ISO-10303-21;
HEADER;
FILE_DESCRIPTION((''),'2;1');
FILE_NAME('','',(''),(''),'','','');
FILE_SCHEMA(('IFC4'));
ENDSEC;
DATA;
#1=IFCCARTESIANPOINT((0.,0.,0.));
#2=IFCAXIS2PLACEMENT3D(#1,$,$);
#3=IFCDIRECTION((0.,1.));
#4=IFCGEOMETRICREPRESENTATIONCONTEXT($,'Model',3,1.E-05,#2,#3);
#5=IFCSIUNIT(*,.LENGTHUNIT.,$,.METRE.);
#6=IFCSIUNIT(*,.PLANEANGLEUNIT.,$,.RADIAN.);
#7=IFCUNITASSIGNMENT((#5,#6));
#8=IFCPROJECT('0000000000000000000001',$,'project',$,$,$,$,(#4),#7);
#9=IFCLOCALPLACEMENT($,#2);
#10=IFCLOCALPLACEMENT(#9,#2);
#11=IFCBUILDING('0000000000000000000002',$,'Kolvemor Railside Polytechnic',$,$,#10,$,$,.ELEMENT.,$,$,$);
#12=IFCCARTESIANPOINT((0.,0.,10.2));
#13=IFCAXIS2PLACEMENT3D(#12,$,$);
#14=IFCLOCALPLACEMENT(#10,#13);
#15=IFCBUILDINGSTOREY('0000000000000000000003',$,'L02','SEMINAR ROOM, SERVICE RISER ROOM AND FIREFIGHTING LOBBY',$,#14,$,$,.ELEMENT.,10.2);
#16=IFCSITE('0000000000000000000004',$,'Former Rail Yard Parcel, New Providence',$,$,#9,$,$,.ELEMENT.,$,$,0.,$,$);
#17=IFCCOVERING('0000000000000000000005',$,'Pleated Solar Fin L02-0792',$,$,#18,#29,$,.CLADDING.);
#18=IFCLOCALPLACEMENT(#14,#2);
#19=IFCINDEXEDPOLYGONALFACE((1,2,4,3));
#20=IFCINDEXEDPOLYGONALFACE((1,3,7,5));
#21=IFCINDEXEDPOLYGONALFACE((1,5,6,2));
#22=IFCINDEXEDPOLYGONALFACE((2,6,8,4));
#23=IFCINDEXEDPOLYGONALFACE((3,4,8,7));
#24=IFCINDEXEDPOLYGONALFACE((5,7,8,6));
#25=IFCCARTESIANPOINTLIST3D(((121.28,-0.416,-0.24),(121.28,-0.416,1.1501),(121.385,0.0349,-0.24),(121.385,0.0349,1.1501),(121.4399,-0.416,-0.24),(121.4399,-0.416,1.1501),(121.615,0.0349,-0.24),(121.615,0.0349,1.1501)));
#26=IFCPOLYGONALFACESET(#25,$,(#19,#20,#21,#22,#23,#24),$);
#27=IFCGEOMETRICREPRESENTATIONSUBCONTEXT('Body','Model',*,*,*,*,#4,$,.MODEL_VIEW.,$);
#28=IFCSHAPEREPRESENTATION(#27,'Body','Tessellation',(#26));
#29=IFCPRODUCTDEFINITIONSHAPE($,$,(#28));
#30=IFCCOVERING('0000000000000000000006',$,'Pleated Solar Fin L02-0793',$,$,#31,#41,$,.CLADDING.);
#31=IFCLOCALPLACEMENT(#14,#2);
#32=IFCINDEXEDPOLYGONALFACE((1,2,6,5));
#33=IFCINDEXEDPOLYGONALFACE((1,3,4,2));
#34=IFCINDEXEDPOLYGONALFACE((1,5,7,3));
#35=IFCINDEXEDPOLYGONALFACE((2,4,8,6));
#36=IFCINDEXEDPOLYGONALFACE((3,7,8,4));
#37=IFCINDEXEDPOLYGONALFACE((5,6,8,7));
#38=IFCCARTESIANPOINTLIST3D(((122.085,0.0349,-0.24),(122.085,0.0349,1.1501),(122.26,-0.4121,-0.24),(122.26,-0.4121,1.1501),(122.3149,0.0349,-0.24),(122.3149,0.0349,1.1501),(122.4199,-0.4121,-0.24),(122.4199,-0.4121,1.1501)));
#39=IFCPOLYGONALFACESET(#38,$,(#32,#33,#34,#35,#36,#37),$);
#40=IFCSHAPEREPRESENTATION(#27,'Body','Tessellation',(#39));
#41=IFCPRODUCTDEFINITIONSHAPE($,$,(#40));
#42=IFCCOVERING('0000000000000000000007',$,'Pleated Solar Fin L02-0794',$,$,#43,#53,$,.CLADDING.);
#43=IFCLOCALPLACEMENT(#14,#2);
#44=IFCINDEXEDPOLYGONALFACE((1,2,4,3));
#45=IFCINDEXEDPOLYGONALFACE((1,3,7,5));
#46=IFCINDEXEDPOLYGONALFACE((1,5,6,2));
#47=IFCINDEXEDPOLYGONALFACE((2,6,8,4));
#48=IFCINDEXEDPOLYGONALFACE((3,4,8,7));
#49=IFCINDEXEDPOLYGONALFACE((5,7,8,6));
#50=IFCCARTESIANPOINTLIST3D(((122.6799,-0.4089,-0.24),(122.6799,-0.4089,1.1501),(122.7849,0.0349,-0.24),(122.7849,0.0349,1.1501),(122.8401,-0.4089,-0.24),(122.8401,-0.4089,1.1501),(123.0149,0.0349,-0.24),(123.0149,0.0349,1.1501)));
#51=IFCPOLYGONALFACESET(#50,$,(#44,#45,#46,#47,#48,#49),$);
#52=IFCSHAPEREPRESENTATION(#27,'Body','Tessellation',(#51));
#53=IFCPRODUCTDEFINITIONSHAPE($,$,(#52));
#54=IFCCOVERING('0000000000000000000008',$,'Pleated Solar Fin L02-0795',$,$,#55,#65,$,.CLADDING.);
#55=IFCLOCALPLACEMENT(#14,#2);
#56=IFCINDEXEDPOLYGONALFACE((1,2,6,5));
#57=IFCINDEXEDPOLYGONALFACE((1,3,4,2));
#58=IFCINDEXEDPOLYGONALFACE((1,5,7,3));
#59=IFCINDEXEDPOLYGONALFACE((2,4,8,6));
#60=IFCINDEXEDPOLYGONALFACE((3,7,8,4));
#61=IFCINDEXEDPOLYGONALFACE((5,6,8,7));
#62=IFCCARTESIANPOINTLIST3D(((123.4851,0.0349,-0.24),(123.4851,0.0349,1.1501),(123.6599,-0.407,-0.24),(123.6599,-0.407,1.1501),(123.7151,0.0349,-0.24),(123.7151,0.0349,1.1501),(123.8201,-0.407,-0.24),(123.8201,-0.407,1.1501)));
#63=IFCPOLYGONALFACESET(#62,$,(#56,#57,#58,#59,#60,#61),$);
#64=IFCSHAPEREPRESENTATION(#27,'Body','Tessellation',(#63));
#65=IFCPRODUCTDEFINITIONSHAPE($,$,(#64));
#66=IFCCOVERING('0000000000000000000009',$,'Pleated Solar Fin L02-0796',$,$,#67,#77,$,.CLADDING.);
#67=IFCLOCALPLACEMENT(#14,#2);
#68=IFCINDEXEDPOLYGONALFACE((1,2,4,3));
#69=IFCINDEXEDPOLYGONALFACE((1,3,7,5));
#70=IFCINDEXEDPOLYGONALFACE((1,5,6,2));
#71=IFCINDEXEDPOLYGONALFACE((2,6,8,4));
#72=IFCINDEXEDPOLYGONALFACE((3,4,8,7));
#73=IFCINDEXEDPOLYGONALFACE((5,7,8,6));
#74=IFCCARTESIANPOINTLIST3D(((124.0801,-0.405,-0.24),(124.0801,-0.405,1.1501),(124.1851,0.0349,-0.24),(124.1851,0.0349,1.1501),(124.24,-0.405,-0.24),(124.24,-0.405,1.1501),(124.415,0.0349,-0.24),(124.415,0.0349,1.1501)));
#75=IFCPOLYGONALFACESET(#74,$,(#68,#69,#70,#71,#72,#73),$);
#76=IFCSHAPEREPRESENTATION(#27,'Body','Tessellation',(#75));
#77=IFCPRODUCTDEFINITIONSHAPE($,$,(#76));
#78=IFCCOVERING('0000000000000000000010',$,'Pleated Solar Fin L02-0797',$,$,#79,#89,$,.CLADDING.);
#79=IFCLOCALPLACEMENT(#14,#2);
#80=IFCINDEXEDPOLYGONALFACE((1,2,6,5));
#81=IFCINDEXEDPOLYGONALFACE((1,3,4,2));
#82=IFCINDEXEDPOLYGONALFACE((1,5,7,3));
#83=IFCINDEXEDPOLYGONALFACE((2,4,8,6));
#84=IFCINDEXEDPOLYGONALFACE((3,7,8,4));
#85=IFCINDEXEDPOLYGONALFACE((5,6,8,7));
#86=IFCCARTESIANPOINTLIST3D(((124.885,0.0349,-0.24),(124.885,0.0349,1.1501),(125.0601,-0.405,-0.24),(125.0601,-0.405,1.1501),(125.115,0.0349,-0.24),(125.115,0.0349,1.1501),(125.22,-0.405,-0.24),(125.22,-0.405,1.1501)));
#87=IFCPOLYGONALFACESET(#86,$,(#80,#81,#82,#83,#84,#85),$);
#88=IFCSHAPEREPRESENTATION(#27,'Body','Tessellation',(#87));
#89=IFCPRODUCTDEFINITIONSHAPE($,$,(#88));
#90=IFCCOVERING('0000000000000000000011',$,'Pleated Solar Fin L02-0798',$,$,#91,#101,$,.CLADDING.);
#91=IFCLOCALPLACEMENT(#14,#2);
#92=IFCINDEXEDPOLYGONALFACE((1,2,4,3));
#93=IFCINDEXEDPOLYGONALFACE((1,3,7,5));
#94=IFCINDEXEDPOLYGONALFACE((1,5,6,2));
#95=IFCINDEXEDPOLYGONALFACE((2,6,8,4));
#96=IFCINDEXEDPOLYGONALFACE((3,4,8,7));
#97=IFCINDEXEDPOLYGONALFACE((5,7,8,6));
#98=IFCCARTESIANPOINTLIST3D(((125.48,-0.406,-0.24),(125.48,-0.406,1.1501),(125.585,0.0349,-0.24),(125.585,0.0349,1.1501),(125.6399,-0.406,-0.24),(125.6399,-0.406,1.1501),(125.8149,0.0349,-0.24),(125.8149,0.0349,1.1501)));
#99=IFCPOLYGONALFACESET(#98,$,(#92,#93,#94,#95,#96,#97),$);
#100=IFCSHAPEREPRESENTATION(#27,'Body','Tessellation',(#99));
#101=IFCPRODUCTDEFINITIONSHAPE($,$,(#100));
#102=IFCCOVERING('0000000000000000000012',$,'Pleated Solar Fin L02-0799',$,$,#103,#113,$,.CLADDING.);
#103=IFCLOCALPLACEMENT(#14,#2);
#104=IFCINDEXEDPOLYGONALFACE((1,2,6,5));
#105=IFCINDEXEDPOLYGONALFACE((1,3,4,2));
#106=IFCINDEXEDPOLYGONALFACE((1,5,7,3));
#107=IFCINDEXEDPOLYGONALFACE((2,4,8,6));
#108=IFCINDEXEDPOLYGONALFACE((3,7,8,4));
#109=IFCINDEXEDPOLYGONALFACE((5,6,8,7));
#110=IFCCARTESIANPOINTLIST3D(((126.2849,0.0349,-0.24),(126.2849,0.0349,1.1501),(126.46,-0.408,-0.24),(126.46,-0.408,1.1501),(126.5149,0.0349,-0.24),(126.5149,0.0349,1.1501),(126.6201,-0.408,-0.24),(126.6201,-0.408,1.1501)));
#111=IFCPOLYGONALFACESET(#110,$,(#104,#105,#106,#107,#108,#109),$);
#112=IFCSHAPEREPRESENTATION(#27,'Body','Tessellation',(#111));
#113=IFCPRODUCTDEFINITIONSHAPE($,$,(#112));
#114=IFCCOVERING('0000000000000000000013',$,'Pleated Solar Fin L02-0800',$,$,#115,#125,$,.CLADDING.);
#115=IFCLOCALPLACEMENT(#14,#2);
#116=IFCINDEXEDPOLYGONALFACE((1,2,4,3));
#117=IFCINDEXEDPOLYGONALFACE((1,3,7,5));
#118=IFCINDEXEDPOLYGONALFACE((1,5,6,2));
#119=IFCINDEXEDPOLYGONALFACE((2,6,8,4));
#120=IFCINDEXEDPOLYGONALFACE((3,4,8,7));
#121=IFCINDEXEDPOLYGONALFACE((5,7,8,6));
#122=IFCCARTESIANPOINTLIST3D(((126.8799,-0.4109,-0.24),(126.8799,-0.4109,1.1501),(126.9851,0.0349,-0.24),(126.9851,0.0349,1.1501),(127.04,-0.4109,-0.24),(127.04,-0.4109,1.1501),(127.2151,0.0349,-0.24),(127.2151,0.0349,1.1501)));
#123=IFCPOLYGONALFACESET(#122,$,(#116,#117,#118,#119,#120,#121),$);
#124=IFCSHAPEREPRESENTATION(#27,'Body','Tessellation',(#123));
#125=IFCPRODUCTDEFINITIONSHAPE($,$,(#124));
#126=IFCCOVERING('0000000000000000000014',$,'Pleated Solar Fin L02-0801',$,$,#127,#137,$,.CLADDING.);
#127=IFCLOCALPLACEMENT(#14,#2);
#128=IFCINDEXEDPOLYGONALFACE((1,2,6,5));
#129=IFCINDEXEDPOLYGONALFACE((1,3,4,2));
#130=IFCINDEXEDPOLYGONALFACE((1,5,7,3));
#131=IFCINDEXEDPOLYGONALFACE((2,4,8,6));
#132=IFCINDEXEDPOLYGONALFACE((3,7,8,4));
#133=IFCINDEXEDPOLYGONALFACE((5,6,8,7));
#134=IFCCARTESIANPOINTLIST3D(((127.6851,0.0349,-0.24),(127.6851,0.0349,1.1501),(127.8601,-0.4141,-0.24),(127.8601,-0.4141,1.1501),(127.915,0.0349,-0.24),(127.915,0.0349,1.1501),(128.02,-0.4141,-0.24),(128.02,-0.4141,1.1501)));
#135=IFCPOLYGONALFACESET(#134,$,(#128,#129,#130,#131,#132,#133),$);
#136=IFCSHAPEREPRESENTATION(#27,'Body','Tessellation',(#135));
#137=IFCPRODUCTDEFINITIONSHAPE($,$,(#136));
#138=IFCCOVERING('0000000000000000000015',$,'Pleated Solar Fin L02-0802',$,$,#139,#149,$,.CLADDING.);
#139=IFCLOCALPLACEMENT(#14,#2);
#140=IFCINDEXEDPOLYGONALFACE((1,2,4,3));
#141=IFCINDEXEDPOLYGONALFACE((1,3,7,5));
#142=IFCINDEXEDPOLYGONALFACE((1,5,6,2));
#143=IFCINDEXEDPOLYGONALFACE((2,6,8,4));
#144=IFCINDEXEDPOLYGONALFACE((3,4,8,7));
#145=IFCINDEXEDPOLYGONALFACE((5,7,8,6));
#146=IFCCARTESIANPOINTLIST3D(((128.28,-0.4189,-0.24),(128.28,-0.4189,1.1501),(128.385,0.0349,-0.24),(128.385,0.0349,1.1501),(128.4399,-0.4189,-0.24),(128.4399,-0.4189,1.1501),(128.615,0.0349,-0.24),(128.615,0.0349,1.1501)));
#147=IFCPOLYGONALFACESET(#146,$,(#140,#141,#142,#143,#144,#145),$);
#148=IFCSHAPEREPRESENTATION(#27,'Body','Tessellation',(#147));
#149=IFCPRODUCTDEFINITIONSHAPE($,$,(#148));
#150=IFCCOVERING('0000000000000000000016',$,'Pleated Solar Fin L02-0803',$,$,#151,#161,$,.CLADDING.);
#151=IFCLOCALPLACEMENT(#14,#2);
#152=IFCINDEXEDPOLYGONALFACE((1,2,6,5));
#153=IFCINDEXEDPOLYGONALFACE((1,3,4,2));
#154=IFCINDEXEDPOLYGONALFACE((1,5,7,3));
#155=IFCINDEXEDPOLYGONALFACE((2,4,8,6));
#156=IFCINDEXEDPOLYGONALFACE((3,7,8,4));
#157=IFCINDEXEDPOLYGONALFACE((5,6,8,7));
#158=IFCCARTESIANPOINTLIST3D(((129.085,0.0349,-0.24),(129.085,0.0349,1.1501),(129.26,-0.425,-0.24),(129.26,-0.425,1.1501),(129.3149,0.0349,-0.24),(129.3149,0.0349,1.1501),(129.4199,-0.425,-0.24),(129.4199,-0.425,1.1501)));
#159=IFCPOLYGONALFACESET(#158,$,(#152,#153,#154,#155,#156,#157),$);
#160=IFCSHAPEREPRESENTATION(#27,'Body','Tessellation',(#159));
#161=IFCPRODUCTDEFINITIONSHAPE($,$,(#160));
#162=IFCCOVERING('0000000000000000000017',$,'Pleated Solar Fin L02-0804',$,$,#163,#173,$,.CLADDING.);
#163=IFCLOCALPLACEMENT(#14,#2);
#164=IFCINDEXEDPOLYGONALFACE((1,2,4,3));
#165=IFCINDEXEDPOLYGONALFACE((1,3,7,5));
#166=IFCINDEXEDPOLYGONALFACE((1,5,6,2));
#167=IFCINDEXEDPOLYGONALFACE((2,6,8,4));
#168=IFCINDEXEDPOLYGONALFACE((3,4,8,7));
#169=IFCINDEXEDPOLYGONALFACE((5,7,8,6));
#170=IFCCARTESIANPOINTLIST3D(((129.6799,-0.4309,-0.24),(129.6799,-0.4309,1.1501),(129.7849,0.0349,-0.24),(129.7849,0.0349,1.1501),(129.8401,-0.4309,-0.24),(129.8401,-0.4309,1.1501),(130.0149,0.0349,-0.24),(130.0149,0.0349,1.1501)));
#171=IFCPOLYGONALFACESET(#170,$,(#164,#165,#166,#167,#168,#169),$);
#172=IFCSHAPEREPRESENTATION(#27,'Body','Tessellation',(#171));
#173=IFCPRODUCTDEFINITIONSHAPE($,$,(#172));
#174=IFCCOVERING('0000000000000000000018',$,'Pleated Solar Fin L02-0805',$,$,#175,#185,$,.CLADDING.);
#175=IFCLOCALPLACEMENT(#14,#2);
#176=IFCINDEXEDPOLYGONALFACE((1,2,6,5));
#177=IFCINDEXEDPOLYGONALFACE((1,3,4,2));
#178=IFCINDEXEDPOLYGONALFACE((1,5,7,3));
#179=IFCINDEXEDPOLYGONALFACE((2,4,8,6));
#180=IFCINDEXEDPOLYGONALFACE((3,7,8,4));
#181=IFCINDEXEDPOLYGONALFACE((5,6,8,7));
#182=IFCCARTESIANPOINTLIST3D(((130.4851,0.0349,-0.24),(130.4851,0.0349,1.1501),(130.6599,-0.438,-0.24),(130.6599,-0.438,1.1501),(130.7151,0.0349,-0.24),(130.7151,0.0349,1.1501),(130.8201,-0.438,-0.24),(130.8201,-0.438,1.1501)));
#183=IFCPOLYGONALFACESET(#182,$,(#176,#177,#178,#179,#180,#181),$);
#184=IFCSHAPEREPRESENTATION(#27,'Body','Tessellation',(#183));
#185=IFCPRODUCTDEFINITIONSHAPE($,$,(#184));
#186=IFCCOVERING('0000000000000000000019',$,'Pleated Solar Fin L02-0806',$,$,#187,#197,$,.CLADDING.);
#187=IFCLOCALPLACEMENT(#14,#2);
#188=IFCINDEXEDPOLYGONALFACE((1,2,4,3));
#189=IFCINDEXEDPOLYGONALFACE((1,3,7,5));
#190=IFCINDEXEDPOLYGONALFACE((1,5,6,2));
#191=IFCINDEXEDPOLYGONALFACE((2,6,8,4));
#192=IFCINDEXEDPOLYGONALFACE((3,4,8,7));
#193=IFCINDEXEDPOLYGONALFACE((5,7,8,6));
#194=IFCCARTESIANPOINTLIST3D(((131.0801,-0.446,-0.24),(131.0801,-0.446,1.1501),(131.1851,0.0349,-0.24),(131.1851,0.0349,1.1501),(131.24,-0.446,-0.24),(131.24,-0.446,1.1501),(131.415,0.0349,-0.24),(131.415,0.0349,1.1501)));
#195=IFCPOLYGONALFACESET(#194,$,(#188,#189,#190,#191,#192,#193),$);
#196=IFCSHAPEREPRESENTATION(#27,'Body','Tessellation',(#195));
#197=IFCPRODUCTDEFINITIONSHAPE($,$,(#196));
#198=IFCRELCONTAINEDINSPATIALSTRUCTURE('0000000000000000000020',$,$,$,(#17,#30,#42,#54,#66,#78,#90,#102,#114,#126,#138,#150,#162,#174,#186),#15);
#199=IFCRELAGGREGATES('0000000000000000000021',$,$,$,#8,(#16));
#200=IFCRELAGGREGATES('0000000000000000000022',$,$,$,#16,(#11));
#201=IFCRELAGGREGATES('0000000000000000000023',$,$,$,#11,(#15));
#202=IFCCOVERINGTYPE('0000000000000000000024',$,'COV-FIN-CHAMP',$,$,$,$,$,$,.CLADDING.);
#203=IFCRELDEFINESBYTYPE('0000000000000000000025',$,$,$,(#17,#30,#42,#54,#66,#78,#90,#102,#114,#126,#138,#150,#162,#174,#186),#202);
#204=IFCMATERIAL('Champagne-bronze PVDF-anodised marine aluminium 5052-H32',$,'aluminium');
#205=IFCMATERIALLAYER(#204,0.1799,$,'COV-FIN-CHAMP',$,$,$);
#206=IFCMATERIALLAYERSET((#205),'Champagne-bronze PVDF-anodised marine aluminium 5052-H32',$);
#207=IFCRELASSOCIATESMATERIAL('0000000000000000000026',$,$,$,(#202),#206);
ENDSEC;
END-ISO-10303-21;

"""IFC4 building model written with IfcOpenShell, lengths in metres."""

from ifc_helpers import new_model, si_unit, direction, frame, origin, place, context, subcontext, project, spatial, polyline, outline, extrude, material, layer, layer_set, type_object, element, save


model = new_model("IFC4")

# Units and contexts
model_context = context("Model", 3, precision=1e-05, world=origin(), true_north=direction((0.0, 1.0)))
body_context = subcontext(model_context, "Body", "Model", "MODEL_VIEW")
ifc_project = project(units=[si_unit("LENGTHUNIT", "METRE"), si_unit("PLANEANGLEUNIT", "RADIAN")], contexts=[model_context])

# Site, building, storey
site_placement = place(None, origin())
site = spatial("IfcSite", under=ifc_project, at=site_placement, Name="Former Rail Yard Parcel, New Providence", CompositionType="ELEMENT", RefElevation=0.0)
building_placement = place(site_placement, origin())
building = spatial("IfcBuilding", under=site, at=building_placement, Name="Kolvemor Railside Polytechnic", CompositionType="ELEMENT")
storey_placement = place(building_placement, frame((0.0, 0.0, 10.2)))
storey = spatial("IfcBuildingStorey", under=building, at=storey_placement, Name="L02", Description="SEMINAR ROOM, SERVICE RISER ROOM AND FIREFIGHTING LOBBY", CompositionType="ELEMENT", Elevation=10.2)

# Coverings
ifc_material_1 = material(Name="Champagne-bronze PVDF-anodised marine aluminium 5052-H32", Category="aluminium")
ifc_layer_1 = layer(ifc_material_1, 0.1799, Name="COV-FIN-CHAMP")
ifc_layer_set_1 = layer_set([ifc_layer_1], Name="Champagne-bronze PVDF-anodised marine aluminium 5052-H32")
covering_type = type_object("IfcCoveringType", Name="COV-FIN-CHAMP", PredefinedType="CLADDING", material=ifc_layer_set_1)
covering_1_placement = place(storey_placement, frame((0.0, 0.0, -0.24)))
element("IfcCovering", 1, at=covering_1_placement, inside=storey, type_object=covering_type, Name="Pleated Solar Fin L02-0792", PredefinedType="CLADDING", context=body_context, shape_type="SweptSolid", body=[
    extrude(outline(polyline([(121.385, 0.0349), (121.615, 0.0349), (121.4399, -0.416), (121.28, -0.416), (121.385, 0.0349)])), origin(), (0.0, 0.0, 1.0), 1.3901),
])
covering_2_placement = place(storey_placement, frame((0.0, 0.0, -0.24)))
element("IfcCovering", 2, at=covering_2_placement, inside=storey, type_object=covering_type, Name="Pleated Solar Fin L02-0793", PredefinedType="CLADDING", context=body_context, shape_type="SweptSolid", body=[
    extrude(outline(polyline([(122.085, 0.0349), (122.3149, 0.0349), (122.4199, -0.4121), (122.26, -0.4121), (122.085, 0.0349)])), origin(), (0.0, 0.0, 1.0), 1.3901),
])
covering_3_placement = place(storey_placement, frame((0.0, 0.0, -0.24)))
element("IfcCovering", 3, at=covering_3_placement, inside=storey, type_object=covering_type, Name="Pleated Solar Fin L02-0794", PredefinedType="CLADDING", context=body_context, shape_type="SweptSolid", body=[
    extrude(outline(polyline([(122.7849, 0.0349), (123.0149, 0.0349), (122.8401, -0.4089), (122.6799, -0.4089), (122.7849, 0.0349)])), origin(), (0.0, 0.0, 1.0), 1.3901),
])
covering_4_placement = place(storey_placement, frame((0.0, 0.0, -0.24)))
element("IfcCovering", 4, at=covering_4_placement, inside=storey, type_object=covering_type, Name="Pleated Solar Fin L02-0795", PredefinedType="CLADDING", context=body_context, shape_type="SweptSolid", body=[
    extrude(outline(polyline([(123.4851, 0.0349), (123.7151, 0.0349), (123.8201, -0.407), (123.6599, -0.407), (123.4851, 0.0349)])), origin(), (0.0, 0.0, 1.0), 1.3901),
])
covering_5_placement = place(storey_placement, frame((0.0, 0.0, -0.24)))
element("IfcCovering", 5, at=covering_5_placement, inside=storey, type_object=covering_type, Name="Pleated Solar Fin L02-0796", PredefinedType="CLADDING", context=body_context, shape_type="SweptSolid", body=[
    extrude(outline(polyline([(124.1851, 0.0349), (124.415, 0.0349), (124.24, -0.405), (124.0801, -0.405), (124.1851, 0.0349)])), origin(), (0.0, 0.0, 1.0), 1.3901),
])
covering_6_placement = place(storey_placement, frame((0.0, 0.0, -0.24)))
element("IfcCovering", 6, at=covering_6_placement, inside=storey, type_object=covering_type, Name="Pleated Solar Fin L02-0797", PredefinedType="CLADDING", context=body_context, shape_type="SweptSolid", body=[
    extrude(outline(polyline([(124.885, 0.0349), (125.115, 0.0349), (125.22, -0.405), (125.0601, -0.405), (124.885, 0.0349)])), origin(), (0.0, 0.0, 1.0), 1.3901),
])
covering_7_placement = place(storey_placement, frame((0.0, 0.0, -0.24)))
element("IfcCovering", 7, at=covering_7_placement, inside=storey, type_object=covering_type, Name="Pleated Solar Fin L02-0798", PredefinedType="CLADDING", context=body_context, shape_type="SweptSolid", body=[
    extrude(outline(polyline([(125.585, 0.0349), (125.8149, 0.0349), (125.6399, -0.406), (125.48, -0.406), (125.585, 0.0349)])), origin(), (0.0, 0.0, 1.0), 1.3901),
])
covering_8_placement = place(storey_placement, frame((0.0, 0.0, -0.24)))
element("IfcCovering", 8, at=covering_8_placement, inside=storey, type_object=covering_type, Name="Pleated Solar Fin L02-0799", PredefinedType="CLADDING", context=body_context, shape_type="SweptSolid", body=[
    extrude(outline(polyline([(126.2849, 0.0349), (126.5149, 0.0349), (126.6201, -0.408), (126.46, -0.408), (126.2849, 0.0349)])), origin(), (0.0, 0.0, 1.0), 1.3901),
])
covering_9_placement = place(storey_placement, frame((0.0, 0.0, -0.24)))
element("IfcCovering", 9, at=covering_9_placement, inside=storey, type_object=covering_type, Name="Pleated Solar Fin L02-0800", PredefinedType="CLADDING", context=body_context, shape_type="SweptSolid", body=[
    extrude(outline(polyline([(126.9851, 0.0349), (127.2151, 0.0349), (127.04, -0.4109), (126.8799, -0.4109), (126.9851, 0.0349)])), origin(), (0.0, 0.0, 1.0), 1.3901),
])
covering_10_placement = place(storey_placement, frame((0.0, 0.0, -0.24)))
element("IfcCovering", 10, at=covering_10_placement, inside=storey, type_object=covering_type, Name="Pleated Solar Fin L02-0801", PredefinedType="CLADDING", context=body_context, shape_type="SweptSolid", body=[
    extrude(outline(polyline([(127.6851, 0.0349), (127.915, 0.0349), (128.02, -0.4141), (127.8601, -0.4141), (127.6851, 0.0349)])), origin(), (0.0, 0.0, 1.0), 1.3901),
])
covering_11_placement = place(storey_placement, frame((0.0, 0.0, -0.24)))
element("IfcCovering", 11, at=covering_11_placement, inside=storey, type_object=covering_type, Name="Pleated Solar Fin L02-0802", PredefinedType="CLADDING", context=body_context, shape_type="SweptSolid", body=[
    extrude(outline(polyline([(128.385, 0.0349), (128.615, 0.0349), (128.4399, -0.4189), (128.28, -0.4189), (128.385, 0.0349)])), origin(), (0.0, 0.0, 1.0), 1.3901),
])
covering_12_placement = place(storey_placement, frame((0.0, 0.0, -0.24)))
element("IfcCovering", 12, at=covering_12_placement, inside=storey, type_object=covering_type, Name="Pleated Solar Fin L02-0803", PredefinedType="CLADDING", context=body_context, shape_type="SweptSolid", body=[
    extrude(outline(polyline([(129.085, 0.0349), (129.3149, 0.0349), (129.4199, -0.425), (129.26, -0.425), (129.085, 0.0349)])), origin(), (0.0, 0.0, 1.0), 1.3901),
])
covering_13_placement = place(storey_placement, frame((0.0, 0.0, -0.24)))
element("IfcCovering", 13, at=covering_13_placement, inside=storey, type_object=covering_type, Name="Pleated Solar Fin L02-0804", PredefinedType="CLADDING", context=body_context, shape_type="SweptSolid", body=[
    extrude(outline(polyline([(129.7849, 0.0349), (130.0149, 0.0349), (129.8401, -0.4309), (129.6799, -0.4309), (129.7849, 0.0349)])), origin(), (0.0, 0.0, 1.0), 1.3901),
])
covering_14_placement = place(storey_placement, frame((0.0, 0.0, -0.24)))
element("IfcCovering", 14, at=covering_14_placement, inside=storey, type_object=covering_type, Name="Pleated Solar Fin L02-0805", PredefinedType="CLADDING", context=body_context, shape_type="SweptSolid", body=[
    extrude(outline(polyline([(130.4851, 0.0349), (130.7151, 0.0349), (130.8201, -0.438), (130.6599, -0.438), (130.4851, 0.0349)])), origin(), (0.0, 0.0, 1.0), 1.3901),
])
covering_15_placement = place(storey_placement, frame((0.0, 0.0, -0.24)))
element("IfcCovering", 15, at=covering_15_placement, inside=storey, type_object=covering_type, Name="Pleated Solar Fin L02-0806", PredefinedType="CLADDING", context=body_context, shape_type="SweptSolid", body=[
    extrude(outline(polyline([(131.1851, 0.0349), (131.415, 0.0349), (131.24, -0.446), (131.0801, -0.446), (131.1851, 0.0349)])), origin(), (0.0, 0.0, 1.0), 1.3901),
])

save(model, "model.ifc")
